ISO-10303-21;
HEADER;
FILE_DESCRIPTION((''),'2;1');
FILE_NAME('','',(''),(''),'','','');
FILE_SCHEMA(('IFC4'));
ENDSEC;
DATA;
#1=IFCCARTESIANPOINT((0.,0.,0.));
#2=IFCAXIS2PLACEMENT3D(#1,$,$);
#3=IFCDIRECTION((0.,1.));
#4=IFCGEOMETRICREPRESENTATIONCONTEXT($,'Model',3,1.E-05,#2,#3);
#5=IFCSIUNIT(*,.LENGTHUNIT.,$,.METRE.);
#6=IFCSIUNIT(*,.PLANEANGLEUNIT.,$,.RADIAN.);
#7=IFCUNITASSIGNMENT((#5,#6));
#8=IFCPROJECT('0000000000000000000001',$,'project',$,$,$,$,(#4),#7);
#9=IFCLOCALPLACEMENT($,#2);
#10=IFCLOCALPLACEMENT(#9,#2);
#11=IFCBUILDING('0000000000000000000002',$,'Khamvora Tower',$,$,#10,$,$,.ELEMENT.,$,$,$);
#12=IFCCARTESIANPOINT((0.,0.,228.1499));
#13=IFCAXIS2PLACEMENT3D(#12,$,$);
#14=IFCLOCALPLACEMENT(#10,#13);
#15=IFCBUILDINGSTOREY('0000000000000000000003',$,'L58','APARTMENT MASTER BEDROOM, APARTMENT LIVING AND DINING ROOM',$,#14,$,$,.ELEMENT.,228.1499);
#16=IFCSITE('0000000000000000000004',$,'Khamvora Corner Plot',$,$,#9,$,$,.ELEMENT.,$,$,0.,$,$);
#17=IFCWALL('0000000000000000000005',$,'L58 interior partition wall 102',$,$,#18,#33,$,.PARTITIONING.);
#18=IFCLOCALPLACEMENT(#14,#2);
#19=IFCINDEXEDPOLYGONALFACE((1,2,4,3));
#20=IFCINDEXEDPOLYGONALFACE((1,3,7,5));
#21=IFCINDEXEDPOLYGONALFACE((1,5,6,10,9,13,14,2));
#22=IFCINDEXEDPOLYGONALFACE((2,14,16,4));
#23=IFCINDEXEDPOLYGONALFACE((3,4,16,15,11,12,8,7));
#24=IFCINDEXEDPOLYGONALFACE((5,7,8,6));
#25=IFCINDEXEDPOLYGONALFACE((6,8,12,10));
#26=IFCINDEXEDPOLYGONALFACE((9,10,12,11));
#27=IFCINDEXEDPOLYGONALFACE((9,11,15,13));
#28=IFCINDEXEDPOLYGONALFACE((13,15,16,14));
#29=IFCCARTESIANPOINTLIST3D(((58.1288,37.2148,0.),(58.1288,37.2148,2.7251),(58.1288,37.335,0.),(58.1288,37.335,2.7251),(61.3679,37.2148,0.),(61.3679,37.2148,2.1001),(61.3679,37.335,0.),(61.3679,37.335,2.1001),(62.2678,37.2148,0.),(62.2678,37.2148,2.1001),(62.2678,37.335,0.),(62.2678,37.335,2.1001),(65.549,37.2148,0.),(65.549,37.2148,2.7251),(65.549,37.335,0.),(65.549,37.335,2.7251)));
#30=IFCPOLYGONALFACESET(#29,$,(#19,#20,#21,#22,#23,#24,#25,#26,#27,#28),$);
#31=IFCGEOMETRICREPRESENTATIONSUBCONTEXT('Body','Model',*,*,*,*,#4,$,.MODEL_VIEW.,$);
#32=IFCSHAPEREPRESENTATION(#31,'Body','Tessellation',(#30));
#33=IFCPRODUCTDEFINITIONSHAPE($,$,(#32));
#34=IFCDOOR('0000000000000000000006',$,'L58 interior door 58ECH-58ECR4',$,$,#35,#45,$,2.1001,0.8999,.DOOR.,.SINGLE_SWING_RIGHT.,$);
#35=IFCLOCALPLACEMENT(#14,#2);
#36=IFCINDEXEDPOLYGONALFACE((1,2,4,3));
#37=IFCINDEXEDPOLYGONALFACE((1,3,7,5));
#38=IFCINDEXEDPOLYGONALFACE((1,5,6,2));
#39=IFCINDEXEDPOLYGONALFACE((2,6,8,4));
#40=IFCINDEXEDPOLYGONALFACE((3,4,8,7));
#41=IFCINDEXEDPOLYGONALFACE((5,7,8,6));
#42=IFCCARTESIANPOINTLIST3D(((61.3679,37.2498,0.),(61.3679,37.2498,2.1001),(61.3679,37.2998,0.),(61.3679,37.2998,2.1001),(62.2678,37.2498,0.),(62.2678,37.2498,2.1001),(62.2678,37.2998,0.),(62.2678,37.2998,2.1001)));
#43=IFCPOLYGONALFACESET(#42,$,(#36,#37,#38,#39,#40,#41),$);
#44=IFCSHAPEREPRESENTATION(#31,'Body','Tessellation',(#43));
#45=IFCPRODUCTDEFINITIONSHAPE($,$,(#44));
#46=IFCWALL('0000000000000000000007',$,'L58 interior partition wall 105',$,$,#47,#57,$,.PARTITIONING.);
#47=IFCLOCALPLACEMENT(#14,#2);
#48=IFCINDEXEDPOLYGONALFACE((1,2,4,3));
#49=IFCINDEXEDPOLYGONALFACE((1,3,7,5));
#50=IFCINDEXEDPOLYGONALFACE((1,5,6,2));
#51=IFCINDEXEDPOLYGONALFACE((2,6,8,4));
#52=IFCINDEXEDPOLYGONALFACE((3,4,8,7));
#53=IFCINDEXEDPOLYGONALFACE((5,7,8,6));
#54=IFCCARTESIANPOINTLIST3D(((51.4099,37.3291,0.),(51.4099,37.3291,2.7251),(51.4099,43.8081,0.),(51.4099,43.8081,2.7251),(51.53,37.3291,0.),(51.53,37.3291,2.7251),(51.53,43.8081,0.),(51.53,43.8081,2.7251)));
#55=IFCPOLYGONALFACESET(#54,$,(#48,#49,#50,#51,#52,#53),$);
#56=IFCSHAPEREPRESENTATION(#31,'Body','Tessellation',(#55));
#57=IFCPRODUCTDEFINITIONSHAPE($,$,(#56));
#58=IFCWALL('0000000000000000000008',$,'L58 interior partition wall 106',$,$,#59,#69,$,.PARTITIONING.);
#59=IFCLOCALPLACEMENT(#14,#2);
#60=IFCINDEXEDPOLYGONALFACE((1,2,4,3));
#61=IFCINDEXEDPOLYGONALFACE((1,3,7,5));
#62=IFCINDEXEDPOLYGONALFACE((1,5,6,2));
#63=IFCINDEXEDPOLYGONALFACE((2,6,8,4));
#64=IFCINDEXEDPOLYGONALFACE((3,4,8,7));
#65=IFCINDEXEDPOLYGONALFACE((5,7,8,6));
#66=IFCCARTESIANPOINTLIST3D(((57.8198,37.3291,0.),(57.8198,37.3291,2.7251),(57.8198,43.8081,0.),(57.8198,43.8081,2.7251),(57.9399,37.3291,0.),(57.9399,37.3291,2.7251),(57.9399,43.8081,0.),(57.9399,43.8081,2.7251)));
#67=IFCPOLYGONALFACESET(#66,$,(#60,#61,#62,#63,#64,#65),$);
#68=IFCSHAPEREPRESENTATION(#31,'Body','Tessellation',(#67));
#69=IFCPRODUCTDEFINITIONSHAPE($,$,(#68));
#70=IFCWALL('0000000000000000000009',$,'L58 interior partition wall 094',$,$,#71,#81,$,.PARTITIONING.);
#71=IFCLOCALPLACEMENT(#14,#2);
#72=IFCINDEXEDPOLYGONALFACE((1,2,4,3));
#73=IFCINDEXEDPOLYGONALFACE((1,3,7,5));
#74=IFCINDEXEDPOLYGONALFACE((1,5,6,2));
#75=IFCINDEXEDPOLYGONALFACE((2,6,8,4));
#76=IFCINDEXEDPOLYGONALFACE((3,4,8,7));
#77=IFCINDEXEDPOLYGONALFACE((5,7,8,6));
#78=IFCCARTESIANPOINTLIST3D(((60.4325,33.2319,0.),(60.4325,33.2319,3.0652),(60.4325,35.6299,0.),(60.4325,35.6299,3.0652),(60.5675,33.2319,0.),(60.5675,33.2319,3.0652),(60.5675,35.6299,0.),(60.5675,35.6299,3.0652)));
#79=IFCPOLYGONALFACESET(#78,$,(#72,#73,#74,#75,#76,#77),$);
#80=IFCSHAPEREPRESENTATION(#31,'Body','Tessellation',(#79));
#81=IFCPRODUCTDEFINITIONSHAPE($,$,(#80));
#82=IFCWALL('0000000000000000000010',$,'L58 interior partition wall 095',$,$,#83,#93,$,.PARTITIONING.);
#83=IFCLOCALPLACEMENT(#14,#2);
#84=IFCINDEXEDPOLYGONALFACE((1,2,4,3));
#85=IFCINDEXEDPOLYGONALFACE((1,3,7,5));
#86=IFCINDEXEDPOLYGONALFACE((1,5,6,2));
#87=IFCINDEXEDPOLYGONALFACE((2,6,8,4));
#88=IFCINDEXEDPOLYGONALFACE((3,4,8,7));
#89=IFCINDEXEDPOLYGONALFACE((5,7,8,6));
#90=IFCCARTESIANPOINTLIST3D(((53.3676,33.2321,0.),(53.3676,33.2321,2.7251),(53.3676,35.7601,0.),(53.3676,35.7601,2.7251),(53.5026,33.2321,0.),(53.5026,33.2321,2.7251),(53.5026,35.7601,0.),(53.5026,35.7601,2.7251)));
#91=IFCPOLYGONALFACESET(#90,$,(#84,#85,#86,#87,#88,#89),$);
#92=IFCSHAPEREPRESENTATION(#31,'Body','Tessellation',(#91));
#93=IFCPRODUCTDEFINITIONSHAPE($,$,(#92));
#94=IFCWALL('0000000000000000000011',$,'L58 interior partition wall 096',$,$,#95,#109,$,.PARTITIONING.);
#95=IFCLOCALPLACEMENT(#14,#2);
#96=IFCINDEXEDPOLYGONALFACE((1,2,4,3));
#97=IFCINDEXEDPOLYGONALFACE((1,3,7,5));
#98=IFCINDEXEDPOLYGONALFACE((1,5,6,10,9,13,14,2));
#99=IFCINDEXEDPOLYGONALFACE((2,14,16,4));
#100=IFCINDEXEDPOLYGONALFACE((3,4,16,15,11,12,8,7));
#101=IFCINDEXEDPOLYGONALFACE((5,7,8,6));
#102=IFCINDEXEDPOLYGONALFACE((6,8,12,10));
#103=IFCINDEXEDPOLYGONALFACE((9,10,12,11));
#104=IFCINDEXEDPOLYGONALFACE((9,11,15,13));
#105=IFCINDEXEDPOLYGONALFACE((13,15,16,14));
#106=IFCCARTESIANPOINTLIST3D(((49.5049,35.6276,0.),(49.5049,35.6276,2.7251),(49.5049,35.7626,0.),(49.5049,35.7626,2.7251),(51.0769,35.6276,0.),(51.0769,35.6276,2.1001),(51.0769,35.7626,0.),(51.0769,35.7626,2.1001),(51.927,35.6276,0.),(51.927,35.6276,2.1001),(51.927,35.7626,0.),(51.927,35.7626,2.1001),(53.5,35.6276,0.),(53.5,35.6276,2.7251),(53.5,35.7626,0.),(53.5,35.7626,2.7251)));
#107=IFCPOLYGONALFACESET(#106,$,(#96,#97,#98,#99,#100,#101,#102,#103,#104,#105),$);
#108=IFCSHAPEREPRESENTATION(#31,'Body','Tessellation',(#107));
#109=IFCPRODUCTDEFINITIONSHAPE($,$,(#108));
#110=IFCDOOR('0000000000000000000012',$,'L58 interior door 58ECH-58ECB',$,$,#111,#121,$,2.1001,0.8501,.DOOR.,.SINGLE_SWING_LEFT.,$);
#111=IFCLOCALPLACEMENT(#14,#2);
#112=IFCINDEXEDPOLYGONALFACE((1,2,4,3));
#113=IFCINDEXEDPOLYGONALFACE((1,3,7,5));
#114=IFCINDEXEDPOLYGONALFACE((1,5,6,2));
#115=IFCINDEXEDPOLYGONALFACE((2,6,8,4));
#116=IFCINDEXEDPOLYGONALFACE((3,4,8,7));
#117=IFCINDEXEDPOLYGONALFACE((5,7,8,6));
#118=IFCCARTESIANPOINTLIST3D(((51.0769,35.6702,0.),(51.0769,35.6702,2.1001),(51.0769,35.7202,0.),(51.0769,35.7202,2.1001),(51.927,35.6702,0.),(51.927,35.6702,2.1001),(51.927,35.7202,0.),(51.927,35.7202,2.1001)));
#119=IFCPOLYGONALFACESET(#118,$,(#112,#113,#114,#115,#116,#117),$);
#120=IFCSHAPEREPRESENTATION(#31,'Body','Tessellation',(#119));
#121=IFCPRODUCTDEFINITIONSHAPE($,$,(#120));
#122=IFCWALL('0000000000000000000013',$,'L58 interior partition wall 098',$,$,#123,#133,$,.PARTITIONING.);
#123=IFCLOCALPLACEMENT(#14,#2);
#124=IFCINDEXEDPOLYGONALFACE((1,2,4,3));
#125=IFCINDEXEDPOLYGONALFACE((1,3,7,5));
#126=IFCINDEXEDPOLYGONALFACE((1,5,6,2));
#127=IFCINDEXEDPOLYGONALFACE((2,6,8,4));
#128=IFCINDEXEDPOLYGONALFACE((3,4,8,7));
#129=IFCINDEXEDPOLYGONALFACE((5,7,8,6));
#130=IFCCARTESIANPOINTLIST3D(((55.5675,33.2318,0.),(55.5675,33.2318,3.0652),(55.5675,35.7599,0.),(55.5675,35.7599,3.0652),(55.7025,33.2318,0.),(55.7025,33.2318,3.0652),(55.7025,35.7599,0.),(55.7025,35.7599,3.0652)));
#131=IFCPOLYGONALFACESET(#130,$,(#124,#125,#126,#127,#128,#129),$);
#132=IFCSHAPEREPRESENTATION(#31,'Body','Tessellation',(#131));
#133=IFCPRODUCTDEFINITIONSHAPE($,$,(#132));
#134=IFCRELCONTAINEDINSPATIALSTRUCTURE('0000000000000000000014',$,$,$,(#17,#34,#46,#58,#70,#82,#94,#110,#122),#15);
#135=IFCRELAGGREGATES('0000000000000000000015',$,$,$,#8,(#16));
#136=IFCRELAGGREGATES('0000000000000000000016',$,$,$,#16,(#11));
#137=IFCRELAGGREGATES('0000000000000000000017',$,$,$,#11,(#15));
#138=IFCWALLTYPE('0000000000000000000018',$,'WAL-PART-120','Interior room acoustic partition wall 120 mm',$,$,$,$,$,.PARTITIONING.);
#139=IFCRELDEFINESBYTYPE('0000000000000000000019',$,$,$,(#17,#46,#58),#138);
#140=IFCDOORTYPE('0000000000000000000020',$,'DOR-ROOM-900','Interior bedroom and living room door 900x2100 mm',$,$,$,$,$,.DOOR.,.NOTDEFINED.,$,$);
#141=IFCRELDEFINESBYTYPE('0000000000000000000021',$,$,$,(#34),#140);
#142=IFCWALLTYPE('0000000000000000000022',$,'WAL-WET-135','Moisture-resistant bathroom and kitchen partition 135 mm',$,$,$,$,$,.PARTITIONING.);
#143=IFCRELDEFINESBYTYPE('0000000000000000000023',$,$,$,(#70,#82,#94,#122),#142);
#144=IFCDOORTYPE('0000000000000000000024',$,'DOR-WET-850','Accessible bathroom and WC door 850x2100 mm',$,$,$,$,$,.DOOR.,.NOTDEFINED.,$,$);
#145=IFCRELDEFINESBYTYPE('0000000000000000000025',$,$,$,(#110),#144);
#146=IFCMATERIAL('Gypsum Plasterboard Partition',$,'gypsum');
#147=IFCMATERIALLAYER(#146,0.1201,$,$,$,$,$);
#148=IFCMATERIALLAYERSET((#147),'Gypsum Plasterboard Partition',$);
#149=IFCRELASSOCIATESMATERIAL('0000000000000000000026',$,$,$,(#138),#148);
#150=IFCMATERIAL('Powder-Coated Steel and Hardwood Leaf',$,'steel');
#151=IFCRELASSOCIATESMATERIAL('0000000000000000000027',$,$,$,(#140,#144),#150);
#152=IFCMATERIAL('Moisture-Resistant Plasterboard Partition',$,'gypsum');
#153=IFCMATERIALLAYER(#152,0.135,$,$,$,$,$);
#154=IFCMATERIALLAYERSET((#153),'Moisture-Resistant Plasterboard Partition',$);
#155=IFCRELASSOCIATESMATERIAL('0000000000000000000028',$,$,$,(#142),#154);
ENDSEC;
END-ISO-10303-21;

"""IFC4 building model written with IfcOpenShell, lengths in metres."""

from ifc_helpers import new_model, si_unit, direction, frame, frame_2d, origin, place, context, subcontext, project, spatial, rectangle, extrude, material, layer, layer_set, type_object, element, fill, save


model = new_model("IFC4")

# Units and contexts
model_context = context("Model", 3, precision=1e-05, world=origin(), true_north=direction((0.0, 1.0)))
body_context = subcontext(model_context, "Body", "Model", "MODEL_VIEW")
ifc_project = project(units=[si_unit("LENGTHUNIT", "METRE"), si_unit("PLANEANGLEUNIT", "RADIAN")], contexts=[model_context])

# Site, building, storey
site_placement = place(None, origin())
site = spatial("IfcSite", under=ifc_project, at=site_placement, Name="Khamvora Corner Plot", CompositionType="ELEMENT", RefElevation=0.0)
building_placement = place(site_placement, origin())
building = spatial("IfcBuilding", under=site, at=building_placement, Name="Khamvora Tower", CompositionType="ELEMENT")
storey_placement = place(building_placement, frame((0.0, 0.0, 228.1499)))
storey = spatial("IfcBuildingStorey", under=building, at=storey_placement, Name="L58", Description="APARTMENT MASTER BEDROOM, APARTMENT LIVING AND DINING ROOM", CompositionType="ELEMENT", Elevation=228.1499)

# Shared definitions
ifc_material_1 = material(Name="Powder-Coated Steel and Hardwood Leaf", Category="steel")

# Wall, opening, door
ifc_material_2 = material(Name="Gypsum Plasterboard Partition", Category="gypsum")
ifc_layer_1 = layer(ifc_material_2, 0.1201)
ifc_layer_set_1 = layer_set([ifc_layer_1], Name="Gypsum Plasterboard Partition")
wall_type_1 = type_object("IfcWallType", Name="WAL-PART-120", Description="Interior room acoustic partition wall 120 mm", PredefinedType="PARTITIONING", material=ifc_layer_set_1)
door_type_1 = type_object("IfcDoorType", Name="DOR-ROOM-900", Description="Interior bedroom and living room door 900x2100 mm", OperationType="NOTDEFINED", PredefinedType="DOOR", material=ifc_material_1)
wall_1_placement = place(storey_placement, frame((58.1289, 37.2749, 0.0), z_axis=(0.0, 0.0, 1.0), x_axis=(1.0, 0.0, 0.0)))
wall_1 = element("IfcWall", 1, at=wall_1_placement, inside=storey, type_object=wall_type_1, Name="L58 interior partition wall 102", PredefinedType="PARTITIONING", context=body_context, shape_type="SweptSolid", body=[
    extrude(rectangle(XDim=7.4202, YDim=0.1201, at=frame_2d((3.71, 0.0))), origin(), (0.0, 0.0, 1.0), 2.7251),
])
opening_1_placement = place(wall_1_placement, frame((3.239, 0.0, 0.0)))
opening_1 = element("IfcOpeningElement", 2, at=opening_1_placement, cuts=wall_1, PredefinedType="OPENING", context=body_context, shape_type="SweptSolid", body=[
    extrude(rectangle(XDim=0.8999, YDim=2.1001, at=frame_2d((0.45, 1.05))), frame((0.0, 0.0701, 0.0), z_axis=(0.0, -1.0, 0.0), x_axis=(1.0, 0.0, 0.0)), (0.0, 0.0, 1.0), 0.1401),
])
door_1_placement = place(opening_1_placement, origin())
door_1 = element("IfcDoor", 3, at=door_1_placement, inside=storey, type_object=door_type_1, Name="L58 interior door 58ECH-58ECR4", OperationType="SINGLE_SWING_RIGHT", OverallHeight=2.1001, OverallWidth=0.8999, PredefinedType="DOOR", context=body_context, shape_type="SweptSolid", body=[
    extrude(rectangle(XDim=0.8999, YDim=2.1001, at=frame_2d((0.45, 1.05))), frame((0.0, 0.0249, 0.0), z_axis=(0.0, -1.0, 0.0), x_axis=(1.0, 0.0, 0.0)), (0.0, 0.0, 1.0), 0.05),
])
fill(opening_1, door_1)

# Walls
for number, where, z_axis, x_axis, name in (
    (4, (51.47, 43.8081, 0.0), (0.0, 0.0, 1.0), (0.0, -1.0, 0.0), "L58 interior partition wall 105"),
    (5, (57.8799, 43.8081, 0.0), (0.0, 0.0, 1.0), (0.0, -1.0, 0.0), "L58 interior partition wall 106"),
):
    element("IfcWall", number, at=place(storey_placement, frame(where, z_axis=z_axis, x_axis=x_axis)), inside=storey, type_object=wall_type_1, Name=name, PredefinedType="PARTITIONING", context=body_context, shape_type="SweptSolid", body=[
        extrude(rectangle(XDim=6.479, YDim=0.1201, at=frame_2d((3.2395, 0.0))), origin(), (0.0, 0.0, 1.0), 2.7251),
    ])
ifc_material_3 = material(Name="Moisture-Resistant Plasterboard Partition", Category="gypsum")
ifc_layer_2 = layer(ifc_material_3, 0.135)
ifc_layer_set_2 = layer_set([ifc_layer_2], Name="Moisture-Resistant Plasterboard Partition")
wall_type_2 = type_object("IfcWallType", Name="WAL-WET-135", Description="Moisture-resistant bathroom and kitchen partition 135 mm", PredefinedType="PARTITIONING", material=ifc_layer_set_2)
wall_2_placement = place(storey_placement, frame((60.5, 33.2319, 0.0), z_axis=(0.0, 0.0, 1.0), x_axis=(0.0, 1.0, 0.0)))
element("IfcWall", 6, at=wall_2_placement, inside=storey, type_object=wall_type_2, Name="L58 interior partition wall 094", PredefinedType="PARTITIONING", context=body_context, shape_type="SweptSolid", body=[
    extrude(rectangle(XDim=2.3979, YDim=0.135, at=frame_2d((1.199, 0.0))), origin(), (0.0, 0.0, 1.0), 3.0652),
])
wall_3_placement = place(storey_placement, frame((53.4351, 33.2319, 0.0), z_axis=(0.0, 0.0, 1.0), x_axis=(0.0, 1.0, 0.0)))
element("IfcWall", 7, at=wall_3_placement, inside=storey, type_object=wall_type_2, Name="L58 interior partition wall 095", PredefinedType="PARTITIONING", context=body_context, shape_type="SweptSolid", body=[
    extrude(rectangle(XDim=2.5281, YDim=0.135, at=frame_2d((1.2642, 0.0))), origin(), (0.0, 0.0, 1.0), 2.7251),
])

# Wall, opening, door
wall_4_placement = place(storey_placement, frame((53.5, 35.6951, 0.0), z_axis=(0.0, 0.0, 1.0), x_axis=(-1.0, 0.0, 0.0)))
wall_4 = element("IfcWall", 8, at=wall_4_placement, inside=storey, type_object=wall_type_2, Name="L58 interior partition wall 096", PredefinedType="PARTITIONING", context=body_context, shape_type="SweptSolid", body=[
    extrude(rectangle(XDim=3.9951, YDim=0.135, at=frame_2d((1.9976, 0.0))), origin(), (0.0, 0.0, 1.0), 2.7251),
])
opening_2_placement = place(wall_4_placement, frame((1.573, 0.0, 0.0)))
opening_2 = element("IfcOpeningElement", 9, at=opening_2_placement, cuts=wall_4, PredefinedType="OPENING", context=body_context, shape_type="SweptSolid", body=[
    extrude(rectangle(XDim=0.8501, YDim=2.1001, at=frame_2d((0.425, 1.05))), frame((0.0, 0.0774, 0.0), z_axis=(0.0, -1.0, 0.0), x_axis=(1.0, 0.0, 0.0)), (0.0, 0.0, 1.0), 0.155),
])
door_type_2 = type_object("IfcDoorType", Name="DOR-WET-850", Description="Accessible bathroom and WC door 850x2100 mm", OperationType="NOTDEFINED", PredefinedType="DOOR", material=ifc_material_1)
door_2_placement = place(opening_2_placement, origin())
door_2 = element("IfcDoor", 10, at=door_2_placement, inside=storey, type_object=door_type_2, Name="L58 interior door 58ECH-58ECB", OperationType="SINGLE_SWING_LEFT", OverallHeight=2.1001, OverallWidth=0.8501, PredefinedType="DOOR", context=body_context, shape_type="SweptSolid", body=[
    extrude(rectangle(XDim=0.8501, YDim=2.1001, at=frame_2d((0.425, 1.05))), frame((0.0, 0.0249, 0.0), z_axis=(0.0, -1.0, 0.0), x_axis=(1.0, 0.0, 0.0)), (0.0, 0.0, 1.0), 0.05),
])
fill(opening_2, door_2)

# Wall
wall_5_placement = place(storey_placement, frame((55.635, 35.76, 0.0), z_axis=(0.0, 0.0, 1.0), x_axis=(0.0, -1.0, 0.0)))
element("IfcWall", 11, at=wall_5_placement, inside=storey, type_object=wall_type_2, Name="L58 interior partition wall 098", PredefinedType="PARTITIONING", context=body_context, shape_type="SweptSolid", body=[
    extrude(rectangle(XDim=2.5281, YDim=0.135, at=frame_2d((1.2642, 0.0))), origin(), (0.0, 0.0, 1.0), 3.0652),
])

save(model, "model.ifc")
